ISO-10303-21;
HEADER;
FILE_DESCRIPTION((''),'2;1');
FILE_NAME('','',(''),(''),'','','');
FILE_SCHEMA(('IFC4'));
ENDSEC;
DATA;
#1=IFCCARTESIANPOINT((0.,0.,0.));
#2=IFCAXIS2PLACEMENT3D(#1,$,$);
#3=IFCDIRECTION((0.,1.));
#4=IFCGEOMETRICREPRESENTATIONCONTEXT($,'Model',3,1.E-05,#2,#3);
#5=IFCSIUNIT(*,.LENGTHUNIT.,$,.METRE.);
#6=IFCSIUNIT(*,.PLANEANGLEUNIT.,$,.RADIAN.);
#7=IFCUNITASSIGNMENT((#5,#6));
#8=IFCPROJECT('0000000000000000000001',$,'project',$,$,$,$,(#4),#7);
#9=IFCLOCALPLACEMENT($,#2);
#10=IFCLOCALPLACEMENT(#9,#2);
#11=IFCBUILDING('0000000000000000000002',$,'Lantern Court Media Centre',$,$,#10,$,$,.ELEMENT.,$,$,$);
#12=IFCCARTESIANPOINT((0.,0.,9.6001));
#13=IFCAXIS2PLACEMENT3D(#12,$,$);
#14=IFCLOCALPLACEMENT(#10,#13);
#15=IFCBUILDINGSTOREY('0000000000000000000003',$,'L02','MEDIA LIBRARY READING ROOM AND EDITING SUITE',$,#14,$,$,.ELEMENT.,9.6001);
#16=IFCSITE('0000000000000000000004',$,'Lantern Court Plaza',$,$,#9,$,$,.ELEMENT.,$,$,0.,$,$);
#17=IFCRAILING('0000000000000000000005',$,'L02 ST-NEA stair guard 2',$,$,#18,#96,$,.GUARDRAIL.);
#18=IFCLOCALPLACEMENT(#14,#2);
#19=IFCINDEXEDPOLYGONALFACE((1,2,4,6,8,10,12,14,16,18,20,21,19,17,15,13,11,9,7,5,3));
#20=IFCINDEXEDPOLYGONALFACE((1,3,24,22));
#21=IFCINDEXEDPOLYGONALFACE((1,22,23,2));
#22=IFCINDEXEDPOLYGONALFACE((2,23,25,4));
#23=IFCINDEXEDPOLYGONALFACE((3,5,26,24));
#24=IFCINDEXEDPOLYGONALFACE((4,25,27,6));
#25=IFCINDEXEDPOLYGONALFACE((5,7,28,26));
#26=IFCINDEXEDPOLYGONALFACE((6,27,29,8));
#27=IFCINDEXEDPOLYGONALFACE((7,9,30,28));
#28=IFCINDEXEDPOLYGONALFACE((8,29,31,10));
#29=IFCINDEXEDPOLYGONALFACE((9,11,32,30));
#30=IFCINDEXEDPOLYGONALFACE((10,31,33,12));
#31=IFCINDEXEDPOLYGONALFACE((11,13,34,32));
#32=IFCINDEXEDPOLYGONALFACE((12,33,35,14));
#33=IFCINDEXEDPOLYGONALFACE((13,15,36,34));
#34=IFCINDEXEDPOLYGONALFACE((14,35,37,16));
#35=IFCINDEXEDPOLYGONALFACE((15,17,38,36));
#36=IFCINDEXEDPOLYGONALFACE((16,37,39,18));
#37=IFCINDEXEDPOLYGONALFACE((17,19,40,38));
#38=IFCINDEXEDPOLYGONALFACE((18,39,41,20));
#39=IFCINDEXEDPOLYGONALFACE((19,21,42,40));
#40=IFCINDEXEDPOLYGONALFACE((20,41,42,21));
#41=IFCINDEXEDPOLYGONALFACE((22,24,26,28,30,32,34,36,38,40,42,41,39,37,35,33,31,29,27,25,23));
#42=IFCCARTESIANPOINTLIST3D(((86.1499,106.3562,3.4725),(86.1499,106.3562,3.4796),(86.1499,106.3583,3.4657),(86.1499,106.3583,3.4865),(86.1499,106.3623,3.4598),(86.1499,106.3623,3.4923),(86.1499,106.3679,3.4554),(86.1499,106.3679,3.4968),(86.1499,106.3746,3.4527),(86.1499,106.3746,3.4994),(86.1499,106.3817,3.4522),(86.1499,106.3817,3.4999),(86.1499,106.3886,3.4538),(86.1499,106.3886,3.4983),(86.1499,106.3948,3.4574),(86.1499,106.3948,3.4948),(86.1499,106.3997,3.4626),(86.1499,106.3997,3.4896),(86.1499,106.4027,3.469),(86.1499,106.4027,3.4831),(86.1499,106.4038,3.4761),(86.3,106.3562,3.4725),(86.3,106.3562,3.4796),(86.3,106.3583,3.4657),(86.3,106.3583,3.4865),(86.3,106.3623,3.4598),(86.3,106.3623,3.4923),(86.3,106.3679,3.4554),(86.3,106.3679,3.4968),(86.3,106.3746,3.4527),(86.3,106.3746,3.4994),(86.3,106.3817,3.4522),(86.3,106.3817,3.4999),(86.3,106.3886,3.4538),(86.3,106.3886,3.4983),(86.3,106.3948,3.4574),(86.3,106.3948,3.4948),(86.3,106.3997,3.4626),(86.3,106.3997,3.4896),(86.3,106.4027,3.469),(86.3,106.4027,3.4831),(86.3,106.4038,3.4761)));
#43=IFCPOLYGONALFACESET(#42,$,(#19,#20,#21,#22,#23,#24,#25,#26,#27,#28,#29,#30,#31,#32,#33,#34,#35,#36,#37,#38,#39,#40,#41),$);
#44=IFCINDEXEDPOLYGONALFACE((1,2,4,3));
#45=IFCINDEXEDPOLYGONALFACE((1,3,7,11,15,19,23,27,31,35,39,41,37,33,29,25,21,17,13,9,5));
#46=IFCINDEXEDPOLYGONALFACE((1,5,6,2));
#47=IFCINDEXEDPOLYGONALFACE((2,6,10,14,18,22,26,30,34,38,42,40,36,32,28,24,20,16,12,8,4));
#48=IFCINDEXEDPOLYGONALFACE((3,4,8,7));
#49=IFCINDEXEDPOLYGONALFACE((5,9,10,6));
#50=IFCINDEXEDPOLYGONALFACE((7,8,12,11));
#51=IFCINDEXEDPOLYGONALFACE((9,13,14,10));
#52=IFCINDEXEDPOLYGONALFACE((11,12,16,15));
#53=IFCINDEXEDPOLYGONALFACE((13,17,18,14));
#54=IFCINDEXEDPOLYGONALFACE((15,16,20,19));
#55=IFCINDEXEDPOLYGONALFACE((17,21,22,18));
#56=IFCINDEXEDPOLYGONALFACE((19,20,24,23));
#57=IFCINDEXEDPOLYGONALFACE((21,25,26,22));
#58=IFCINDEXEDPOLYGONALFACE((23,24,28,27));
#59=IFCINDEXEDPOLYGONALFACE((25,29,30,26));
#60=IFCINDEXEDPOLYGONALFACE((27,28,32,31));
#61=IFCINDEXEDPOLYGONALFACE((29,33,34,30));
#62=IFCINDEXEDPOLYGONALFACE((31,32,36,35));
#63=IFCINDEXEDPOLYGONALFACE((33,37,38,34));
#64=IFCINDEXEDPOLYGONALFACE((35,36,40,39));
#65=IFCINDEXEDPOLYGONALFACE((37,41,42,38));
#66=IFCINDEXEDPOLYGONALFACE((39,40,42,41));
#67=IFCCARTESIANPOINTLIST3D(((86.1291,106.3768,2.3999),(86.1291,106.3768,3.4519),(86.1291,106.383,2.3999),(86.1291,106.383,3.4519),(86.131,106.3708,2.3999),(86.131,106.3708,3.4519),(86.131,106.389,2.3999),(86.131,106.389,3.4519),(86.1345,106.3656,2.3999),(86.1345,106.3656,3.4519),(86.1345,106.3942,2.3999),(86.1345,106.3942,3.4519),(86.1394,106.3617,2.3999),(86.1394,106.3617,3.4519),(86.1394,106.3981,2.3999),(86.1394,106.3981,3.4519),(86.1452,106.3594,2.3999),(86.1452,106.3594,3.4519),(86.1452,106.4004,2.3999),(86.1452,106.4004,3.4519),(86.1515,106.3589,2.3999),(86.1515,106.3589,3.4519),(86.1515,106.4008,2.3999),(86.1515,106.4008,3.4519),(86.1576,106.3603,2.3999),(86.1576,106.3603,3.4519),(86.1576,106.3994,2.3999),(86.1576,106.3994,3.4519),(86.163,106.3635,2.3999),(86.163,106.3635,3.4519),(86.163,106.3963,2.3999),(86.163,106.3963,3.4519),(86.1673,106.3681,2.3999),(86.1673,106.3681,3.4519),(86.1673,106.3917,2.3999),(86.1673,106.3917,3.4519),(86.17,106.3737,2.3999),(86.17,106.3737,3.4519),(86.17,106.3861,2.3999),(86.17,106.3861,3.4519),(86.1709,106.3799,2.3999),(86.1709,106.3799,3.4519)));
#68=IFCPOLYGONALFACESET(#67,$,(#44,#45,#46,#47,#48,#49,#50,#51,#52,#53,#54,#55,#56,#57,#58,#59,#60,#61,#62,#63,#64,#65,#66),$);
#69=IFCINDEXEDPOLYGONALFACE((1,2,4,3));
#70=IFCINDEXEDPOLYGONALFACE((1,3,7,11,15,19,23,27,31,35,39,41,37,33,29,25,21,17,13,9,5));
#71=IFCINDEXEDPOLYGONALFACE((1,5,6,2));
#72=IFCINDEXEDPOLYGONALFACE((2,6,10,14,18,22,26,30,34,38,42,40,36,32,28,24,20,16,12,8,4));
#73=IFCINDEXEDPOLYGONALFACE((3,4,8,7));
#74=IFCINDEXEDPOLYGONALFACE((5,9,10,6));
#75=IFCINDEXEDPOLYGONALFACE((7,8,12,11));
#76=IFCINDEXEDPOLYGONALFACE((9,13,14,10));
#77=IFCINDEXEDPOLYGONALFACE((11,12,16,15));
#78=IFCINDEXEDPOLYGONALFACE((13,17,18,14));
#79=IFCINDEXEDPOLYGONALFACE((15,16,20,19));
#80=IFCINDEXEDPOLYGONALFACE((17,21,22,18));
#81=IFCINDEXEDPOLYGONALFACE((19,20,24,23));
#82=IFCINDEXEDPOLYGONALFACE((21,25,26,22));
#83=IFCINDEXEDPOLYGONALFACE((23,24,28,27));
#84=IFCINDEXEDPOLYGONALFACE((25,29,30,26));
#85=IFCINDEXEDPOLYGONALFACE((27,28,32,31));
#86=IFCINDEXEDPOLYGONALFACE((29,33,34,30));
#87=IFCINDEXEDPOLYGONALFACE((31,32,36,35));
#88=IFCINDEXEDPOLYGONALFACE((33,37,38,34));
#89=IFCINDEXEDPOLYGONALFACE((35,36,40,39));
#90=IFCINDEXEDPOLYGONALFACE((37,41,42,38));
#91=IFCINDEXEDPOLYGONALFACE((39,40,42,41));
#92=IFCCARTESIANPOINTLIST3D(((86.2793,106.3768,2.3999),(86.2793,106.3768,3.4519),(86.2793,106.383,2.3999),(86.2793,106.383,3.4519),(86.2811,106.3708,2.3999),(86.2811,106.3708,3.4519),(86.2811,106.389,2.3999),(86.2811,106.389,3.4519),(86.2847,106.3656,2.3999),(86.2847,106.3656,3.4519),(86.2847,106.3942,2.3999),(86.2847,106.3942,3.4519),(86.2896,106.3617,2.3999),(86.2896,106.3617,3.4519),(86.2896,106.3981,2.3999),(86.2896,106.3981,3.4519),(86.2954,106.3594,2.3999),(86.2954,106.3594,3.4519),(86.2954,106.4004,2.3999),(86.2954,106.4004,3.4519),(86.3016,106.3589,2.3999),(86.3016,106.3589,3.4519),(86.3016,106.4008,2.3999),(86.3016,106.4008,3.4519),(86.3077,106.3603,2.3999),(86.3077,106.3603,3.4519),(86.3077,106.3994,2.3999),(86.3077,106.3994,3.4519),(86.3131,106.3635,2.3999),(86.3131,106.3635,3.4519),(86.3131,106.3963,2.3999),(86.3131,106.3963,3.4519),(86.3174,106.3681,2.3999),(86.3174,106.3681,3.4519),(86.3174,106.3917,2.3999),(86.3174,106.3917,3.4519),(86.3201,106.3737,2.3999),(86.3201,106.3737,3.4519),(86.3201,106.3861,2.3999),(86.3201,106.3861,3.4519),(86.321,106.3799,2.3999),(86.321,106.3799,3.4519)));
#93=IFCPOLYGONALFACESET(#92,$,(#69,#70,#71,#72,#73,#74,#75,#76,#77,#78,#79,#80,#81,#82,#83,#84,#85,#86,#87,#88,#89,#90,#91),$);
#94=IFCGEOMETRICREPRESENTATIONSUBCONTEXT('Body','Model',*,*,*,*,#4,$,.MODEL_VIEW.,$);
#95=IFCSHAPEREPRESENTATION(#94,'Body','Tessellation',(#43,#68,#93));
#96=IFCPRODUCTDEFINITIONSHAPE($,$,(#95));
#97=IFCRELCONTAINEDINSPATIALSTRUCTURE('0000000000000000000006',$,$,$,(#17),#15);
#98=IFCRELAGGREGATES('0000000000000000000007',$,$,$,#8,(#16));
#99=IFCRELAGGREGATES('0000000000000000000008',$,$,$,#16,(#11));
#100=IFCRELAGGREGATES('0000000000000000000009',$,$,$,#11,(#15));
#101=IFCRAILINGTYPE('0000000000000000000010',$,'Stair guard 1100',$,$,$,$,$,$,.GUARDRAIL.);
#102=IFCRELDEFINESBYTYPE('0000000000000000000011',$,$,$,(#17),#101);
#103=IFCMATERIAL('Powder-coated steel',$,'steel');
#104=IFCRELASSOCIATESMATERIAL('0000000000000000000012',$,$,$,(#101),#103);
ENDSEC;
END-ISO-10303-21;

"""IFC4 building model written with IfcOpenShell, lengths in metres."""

from ifc_helpers import new_model, si_unit, direction, frame, origin, origin_2d, place, context, subcontext, project, spatial, circle, extrude, material, type_object, element, save


model = new_model("IFC4")

# Units and contexts
model_context = context("Model", 3, precision=1e-05, world=origin(), true_north=direction((0.0, 1.0)))
body_context = subcontext(model_context, "Body", "Model", "MODEL_VIEW")
ifc_project = project(units=[si_unit("LENGTHUNIT", "METRE"), si_unit("PLANEANGLEUNIT", "RADIAN")], contexts=[model_context])

# Site, building, storey
site_placement = place(None, origin())
site = spatial("IfcSite", under=ifc_project, at=site_placement, Name="Lantern Court Plaza", CompositionType="ELEMENT", RefElevation=0.0)
building_placement = place(site_placement, origin())
building = spatial("IfcBuilding", under=site, at=building_placement, Name="Lantern Court Media Centre", CompositionType="ELEMENT")
storey_placement = place(building_placement, frame((0.0, 0.0, 9.6001)))
storey = spatial("IfcBuildingStorey", under=building, at=storey_placement, Name="L02", Description="MEDIA LIBRARY READING ROOM AND EDITING SUITE", CompositionType="ELEMENT", Elevation=9.6001)

# Shared definitions
ifc_material_1 = material(Name="Powder-coated steel", Category="steel")

# Railing
railing_type_1 = type_object("IfcRailingType", Name="Stair guard 1100", PredefinedType="GUARDRAIL", material=ifc_material_1)
railing_1_placement = place(storey_placement, frame((86.1499, 106.3799, 2.3999)))
element("IfcRailing", 1, at=railing_1_placement, inside=storey, type_object=railing_type_1, Name="L02 ST-NEA stair guard 2", PredefinedType="GUARDRAIL", context=body_context, shape_type="SweptSolid", body=[
    extrude(circle(Radius=0.0239, at=origin_2d()), frame((0.0, 0.0, 1.0762), z_axis=(1.0, 0.0, 0.0), x_axis=(0.0, 1.0, 0.0)), (0.0, 0.0, 1.0), 0.1501),
    extrude(circle(Radius=0.021, at=origin_2d()), origin(), (0.0, 0.0, 1.0), 1.052),
    extrude(circle(Radius=0.021, at=origin_2d()), frame((0.1501, 0.0, 0.0)), (0.0, 0.0, 1.0), 1.052),
])

save(model, "model.ifc")
